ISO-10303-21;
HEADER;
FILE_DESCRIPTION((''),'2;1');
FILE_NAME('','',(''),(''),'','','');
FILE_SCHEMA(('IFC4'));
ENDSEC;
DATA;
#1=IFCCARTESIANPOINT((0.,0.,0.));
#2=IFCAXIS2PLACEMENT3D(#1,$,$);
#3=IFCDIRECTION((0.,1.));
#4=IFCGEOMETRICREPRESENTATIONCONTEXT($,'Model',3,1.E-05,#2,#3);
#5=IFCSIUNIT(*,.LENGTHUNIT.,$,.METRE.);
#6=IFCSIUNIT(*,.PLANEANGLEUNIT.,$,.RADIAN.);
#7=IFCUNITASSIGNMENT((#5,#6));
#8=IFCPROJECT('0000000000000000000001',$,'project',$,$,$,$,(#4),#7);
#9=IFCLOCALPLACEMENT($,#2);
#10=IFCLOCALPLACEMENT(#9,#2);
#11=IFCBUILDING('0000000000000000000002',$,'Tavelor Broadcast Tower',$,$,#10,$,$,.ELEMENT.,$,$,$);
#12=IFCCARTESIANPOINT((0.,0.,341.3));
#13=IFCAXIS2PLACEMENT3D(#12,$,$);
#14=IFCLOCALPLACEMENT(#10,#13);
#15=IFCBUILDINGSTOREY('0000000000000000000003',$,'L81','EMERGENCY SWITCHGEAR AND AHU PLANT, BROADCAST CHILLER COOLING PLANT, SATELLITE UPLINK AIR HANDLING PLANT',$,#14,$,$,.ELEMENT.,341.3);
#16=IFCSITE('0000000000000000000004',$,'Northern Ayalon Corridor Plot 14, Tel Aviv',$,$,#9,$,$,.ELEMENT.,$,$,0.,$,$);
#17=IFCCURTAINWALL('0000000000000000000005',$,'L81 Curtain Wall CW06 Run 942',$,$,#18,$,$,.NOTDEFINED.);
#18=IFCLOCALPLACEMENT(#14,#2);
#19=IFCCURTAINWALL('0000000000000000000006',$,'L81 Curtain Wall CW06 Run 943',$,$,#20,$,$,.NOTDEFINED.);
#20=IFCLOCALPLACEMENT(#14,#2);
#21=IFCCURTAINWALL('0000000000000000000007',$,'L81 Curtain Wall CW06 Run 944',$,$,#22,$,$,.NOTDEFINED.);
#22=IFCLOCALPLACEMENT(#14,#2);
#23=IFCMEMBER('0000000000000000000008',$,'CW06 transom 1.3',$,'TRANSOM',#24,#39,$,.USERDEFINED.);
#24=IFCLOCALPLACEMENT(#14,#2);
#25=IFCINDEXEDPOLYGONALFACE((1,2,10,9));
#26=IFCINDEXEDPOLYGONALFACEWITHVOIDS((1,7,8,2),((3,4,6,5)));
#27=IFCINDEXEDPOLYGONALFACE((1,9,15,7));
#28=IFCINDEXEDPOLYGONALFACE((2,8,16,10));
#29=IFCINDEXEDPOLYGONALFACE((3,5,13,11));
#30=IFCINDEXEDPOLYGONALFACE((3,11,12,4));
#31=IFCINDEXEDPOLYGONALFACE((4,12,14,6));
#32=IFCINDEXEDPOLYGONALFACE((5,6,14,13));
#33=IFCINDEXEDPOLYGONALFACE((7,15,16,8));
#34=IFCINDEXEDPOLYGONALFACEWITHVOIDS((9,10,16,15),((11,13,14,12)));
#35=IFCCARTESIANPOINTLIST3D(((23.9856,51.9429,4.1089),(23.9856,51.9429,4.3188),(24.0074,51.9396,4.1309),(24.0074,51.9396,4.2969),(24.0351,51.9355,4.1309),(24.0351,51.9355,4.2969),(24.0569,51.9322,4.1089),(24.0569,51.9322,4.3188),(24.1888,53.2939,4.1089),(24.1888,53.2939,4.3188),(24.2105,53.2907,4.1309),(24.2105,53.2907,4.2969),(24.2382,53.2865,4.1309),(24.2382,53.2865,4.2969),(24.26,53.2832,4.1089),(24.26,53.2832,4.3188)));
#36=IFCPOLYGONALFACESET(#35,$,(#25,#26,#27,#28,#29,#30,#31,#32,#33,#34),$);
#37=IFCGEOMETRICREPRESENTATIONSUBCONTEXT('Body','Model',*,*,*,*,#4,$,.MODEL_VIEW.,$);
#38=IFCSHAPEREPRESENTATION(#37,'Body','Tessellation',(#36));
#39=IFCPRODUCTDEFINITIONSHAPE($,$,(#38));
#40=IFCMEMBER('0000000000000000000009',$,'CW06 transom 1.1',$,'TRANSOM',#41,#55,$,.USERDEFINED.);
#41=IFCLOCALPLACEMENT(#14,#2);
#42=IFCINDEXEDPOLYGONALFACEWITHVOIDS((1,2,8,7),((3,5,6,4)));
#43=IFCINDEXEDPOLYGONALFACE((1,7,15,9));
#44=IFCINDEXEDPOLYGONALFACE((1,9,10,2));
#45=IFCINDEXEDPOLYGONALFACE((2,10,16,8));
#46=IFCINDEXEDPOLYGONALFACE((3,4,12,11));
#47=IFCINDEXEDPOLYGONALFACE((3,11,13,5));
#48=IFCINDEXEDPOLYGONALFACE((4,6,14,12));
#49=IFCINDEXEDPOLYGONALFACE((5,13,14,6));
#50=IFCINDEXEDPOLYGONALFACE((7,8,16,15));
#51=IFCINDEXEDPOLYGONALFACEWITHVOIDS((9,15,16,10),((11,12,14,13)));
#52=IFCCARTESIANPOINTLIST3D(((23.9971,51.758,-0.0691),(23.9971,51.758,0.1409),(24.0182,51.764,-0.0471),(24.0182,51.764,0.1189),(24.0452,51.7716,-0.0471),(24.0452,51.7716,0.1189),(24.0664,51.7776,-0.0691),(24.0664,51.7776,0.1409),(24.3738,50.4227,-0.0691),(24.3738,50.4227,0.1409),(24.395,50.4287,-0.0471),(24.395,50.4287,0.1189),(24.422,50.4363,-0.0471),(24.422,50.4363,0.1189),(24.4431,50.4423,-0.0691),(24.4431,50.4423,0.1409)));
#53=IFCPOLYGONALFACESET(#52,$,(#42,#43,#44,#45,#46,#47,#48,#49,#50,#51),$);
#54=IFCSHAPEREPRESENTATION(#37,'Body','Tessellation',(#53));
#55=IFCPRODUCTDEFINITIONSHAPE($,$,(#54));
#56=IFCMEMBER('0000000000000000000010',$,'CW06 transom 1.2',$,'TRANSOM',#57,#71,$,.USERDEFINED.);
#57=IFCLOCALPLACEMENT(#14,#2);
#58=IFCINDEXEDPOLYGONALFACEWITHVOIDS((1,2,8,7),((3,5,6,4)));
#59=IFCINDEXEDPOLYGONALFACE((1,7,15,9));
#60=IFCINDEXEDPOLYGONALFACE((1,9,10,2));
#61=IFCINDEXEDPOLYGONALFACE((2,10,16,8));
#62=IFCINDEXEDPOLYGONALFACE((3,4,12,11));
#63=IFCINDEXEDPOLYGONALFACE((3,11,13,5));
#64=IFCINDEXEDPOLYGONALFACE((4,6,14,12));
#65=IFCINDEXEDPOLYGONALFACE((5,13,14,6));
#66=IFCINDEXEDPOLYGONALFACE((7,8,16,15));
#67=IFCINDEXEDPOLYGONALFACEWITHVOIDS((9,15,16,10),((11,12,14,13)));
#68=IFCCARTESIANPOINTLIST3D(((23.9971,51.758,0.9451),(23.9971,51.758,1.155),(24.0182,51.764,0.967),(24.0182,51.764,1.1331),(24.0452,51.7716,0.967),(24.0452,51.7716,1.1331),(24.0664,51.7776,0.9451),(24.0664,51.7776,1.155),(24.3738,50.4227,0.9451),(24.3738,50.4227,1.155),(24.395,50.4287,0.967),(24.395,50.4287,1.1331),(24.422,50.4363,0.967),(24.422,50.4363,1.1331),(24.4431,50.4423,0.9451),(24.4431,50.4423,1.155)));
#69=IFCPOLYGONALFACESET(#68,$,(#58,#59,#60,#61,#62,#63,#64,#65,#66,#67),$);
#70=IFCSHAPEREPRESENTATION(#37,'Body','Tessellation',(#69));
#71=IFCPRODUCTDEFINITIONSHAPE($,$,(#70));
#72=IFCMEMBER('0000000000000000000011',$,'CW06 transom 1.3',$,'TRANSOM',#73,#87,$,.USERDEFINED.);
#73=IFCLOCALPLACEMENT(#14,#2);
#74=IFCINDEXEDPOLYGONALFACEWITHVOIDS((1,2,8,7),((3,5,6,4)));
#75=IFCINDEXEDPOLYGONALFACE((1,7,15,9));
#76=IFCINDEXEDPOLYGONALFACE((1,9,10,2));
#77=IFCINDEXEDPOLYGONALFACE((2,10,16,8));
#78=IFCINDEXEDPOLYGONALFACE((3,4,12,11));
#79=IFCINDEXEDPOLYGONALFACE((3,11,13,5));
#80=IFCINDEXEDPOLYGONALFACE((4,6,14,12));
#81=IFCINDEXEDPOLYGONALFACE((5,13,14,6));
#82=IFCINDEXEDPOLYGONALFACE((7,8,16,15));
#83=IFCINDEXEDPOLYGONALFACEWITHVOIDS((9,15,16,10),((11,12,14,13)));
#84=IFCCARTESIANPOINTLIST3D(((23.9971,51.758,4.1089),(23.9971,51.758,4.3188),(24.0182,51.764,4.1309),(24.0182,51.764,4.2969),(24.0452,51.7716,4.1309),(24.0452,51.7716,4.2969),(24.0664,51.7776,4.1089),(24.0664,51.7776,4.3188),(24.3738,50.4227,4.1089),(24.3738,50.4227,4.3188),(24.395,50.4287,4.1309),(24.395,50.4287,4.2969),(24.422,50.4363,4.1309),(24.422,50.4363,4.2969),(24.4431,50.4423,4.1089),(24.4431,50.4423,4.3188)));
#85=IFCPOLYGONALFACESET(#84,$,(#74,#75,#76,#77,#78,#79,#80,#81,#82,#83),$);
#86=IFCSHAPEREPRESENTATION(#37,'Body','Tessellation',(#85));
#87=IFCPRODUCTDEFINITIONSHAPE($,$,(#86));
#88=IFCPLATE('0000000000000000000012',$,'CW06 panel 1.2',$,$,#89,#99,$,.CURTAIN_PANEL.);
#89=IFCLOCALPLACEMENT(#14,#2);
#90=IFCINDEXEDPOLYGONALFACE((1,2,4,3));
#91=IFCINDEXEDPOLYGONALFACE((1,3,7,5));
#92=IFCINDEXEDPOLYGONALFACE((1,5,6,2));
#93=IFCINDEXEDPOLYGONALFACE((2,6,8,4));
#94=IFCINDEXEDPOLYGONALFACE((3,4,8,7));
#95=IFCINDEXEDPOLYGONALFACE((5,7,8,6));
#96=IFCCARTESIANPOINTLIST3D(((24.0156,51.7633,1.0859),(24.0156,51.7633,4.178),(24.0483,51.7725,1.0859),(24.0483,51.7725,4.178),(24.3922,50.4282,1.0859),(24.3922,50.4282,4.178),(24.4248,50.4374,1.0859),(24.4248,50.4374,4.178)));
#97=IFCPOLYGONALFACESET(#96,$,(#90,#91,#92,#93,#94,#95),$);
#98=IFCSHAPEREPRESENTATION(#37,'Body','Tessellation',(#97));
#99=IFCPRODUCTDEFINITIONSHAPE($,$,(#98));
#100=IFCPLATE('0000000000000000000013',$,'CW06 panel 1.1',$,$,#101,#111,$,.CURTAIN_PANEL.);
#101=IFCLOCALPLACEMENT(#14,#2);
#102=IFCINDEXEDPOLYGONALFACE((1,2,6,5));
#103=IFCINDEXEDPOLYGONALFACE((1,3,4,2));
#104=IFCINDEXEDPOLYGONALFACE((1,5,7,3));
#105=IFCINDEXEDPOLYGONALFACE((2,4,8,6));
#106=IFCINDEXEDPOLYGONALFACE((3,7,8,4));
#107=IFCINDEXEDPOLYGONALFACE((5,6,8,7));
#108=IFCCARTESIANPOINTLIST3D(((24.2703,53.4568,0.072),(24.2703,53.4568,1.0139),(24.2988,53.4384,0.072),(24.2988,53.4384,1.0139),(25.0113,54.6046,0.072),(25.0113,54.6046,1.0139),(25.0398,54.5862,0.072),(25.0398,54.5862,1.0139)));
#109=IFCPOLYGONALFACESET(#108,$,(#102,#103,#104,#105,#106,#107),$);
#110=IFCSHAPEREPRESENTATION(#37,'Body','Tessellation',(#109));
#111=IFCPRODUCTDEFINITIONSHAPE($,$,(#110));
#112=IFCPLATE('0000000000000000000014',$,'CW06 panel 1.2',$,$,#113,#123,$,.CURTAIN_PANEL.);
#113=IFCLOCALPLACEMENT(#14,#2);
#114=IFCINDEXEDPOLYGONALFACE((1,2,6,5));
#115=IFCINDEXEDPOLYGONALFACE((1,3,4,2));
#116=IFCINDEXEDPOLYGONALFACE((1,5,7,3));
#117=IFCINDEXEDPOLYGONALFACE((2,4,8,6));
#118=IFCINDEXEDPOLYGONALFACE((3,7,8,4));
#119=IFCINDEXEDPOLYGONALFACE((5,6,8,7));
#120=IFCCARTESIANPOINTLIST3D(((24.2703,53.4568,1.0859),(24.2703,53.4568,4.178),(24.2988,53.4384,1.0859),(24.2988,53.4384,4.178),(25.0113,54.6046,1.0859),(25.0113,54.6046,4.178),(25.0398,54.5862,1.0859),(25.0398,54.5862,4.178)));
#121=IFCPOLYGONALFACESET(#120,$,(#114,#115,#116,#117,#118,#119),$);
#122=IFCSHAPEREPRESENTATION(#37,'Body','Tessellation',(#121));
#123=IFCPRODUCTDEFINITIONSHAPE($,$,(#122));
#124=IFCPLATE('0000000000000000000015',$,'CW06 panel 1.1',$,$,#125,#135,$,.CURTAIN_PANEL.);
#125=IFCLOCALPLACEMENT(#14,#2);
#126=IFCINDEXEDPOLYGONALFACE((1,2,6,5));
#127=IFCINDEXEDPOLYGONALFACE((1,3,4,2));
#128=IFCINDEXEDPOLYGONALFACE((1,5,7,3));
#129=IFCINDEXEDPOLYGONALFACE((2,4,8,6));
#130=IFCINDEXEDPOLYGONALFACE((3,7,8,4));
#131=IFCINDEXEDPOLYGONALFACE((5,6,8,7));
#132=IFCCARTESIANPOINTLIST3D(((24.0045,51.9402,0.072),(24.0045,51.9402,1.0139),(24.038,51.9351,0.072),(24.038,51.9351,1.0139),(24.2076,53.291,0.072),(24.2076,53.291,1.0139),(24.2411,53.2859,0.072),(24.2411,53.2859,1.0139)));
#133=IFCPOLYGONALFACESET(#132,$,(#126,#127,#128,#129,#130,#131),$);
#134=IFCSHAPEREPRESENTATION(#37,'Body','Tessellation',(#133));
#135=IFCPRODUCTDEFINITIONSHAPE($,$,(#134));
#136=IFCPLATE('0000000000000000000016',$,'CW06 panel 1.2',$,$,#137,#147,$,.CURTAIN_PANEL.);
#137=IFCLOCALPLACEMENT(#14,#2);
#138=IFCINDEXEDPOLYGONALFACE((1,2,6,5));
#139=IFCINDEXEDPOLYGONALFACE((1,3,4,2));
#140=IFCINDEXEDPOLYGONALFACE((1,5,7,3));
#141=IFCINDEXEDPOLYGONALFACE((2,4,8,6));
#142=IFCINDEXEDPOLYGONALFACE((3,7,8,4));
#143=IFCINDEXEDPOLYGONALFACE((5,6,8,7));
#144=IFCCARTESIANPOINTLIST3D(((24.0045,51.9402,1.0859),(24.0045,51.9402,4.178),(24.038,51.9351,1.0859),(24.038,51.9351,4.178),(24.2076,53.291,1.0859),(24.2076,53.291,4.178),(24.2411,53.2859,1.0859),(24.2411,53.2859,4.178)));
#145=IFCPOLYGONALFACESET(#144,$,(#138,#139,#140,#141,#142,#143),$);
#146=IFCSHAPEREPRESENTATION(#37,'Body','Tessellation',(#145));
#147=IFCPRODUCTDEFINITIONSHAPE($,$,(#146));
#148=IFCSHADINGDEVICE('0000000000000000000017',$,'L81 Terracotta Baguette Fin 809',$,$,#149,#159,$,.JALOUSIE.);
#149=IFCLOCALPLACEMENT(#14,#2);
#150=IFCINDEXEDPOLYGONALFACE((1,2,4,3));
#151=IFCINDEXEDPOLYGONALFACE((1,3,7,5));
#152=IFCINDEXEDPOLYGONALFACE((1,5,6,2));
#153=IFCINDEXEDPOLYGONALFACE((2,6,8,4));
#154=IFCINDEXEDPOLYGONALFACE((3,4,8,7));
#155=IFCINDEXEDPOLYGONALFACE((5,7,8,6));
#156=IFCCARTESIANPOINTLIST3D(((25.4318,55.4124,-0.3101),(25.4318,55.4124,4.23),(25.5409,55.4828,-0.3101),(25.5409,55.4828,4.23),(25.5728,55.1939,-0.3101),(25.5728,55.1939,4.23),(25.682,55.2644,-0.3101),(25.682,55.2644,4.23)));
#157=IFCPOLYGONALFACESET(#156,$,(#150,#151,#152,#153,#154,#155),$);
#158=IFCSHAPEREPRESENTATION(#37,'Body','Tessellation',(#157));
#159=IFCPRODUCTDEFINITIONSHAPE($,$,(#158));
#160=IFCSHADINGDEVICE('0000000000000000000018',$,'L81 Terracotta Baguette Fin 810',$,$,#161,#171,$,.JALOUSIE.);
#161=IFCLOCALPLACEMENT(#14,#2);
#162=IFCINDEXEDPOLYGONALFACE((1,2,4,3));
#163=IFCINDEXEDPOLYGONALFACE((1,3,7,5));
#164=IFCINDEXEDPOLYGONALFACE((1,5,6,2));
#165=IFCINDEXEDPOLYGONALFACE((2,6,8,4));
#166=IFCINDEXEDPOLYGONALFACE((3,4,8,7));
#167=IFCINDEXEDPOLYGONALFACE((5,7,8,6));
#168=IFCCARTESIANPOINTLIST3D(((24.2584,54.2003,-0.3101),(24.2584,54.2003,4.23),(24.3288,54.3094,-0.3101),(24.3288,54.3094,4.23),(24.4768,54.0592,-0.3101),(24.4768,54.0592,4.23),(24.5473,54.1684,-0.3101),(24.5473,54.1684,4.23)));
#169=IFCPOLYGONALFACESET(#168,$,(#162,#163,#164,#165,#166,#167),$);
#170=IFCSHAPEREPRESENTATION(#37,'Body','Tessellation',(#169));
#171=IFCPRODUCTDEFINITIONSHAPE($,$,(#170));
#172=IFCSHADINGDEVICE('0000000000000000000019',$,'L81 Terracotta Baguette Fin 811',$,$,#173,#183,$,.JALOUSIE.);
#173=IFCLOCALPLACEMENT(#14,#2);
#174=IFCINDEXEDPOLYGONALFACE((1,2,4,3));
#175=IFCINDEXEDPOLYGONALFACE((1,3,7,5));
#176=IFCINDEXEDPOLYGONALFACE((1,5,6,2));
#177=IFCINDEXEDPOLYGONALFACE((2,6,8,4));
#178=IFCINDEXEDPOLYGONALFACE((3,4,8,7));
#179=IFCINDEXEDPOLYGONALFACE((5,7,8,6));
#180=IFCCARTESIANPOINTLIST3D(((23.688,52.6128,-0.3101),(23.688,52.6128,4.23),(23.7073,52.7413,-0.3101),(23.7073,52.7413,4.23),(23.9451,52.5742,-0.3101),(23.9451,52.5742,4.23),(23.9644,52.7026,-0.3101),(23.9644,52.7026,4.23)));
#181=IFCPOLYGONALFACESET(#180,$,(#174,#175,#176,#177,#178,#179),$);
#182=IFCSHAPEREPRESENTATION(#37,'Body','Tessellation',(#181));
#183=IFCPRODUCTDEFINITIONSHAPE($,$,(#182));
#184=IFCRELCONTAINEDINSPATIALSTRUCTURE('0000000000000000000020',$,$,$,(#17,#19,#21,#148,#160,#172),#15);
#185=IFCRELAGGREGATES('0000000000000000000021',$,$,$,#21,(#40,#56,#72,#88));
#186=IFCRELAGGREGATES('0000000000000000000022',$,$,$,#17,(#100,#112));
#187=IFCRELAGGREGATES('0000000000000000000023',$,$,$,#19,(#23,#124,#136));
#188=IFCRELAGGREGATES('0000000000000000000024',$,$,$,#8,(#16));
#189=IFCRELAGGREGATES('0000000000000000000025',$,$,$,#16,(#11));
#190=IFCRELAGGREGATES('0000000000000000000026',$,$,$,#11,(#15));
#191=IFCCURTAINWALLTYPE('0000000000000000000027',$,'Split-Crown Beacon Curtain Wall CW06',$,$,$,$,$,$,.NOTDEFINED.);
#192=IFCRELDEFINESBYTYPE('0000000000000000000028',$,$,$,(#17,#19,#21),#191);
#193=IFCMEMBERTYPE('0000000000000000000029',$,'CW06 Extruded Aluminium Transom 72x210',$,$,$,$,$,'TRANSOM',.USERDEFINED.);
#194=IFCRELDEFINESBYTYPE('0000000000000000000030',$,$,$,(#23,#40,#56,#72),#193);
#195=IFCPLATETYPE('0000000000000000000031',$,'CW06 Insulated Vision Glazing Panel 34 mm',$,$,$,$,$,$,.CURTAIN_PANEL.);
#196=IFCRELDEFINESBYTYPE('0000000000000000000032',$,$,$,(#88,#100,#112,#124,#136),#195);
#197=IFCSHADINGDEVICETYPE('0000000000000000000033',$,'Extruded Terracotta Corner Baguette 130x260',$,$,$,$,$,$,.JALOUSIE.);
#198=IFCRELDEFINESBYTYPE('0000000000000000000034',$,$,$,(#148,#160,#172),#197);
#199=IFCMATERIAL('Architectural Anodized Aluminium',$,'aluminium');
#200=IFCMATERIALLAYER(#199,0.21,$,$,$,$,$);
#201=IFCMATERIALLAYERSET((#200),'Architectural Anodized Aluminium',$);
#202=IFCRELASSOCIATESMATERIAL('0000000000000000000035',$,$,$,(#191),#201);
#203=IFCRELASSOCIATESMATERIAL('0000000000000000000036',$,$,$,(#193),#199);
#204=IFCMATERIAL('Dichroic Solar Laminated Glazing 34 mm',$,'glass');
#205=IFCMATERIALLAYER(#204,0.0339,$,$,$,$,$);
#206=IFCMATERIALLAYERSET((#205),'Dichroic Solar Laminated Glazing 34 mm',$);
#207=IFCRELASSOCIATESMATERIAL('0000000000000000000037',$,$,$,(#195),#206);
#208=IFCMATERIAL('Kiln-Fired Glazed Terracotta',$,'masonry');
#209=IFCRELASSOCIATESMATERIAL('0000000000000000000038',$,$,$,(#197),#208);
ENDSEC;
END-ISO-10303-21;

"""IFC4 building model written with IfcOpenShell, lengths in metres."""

from ifc_helpers import new_model, si_unit, direction, frame, origin, origin_2d, place, context, subcontext, project, spatial, rectangle, hollow_rectangle, extrude, source, transform, mapped, material, layer, layer_set, material_profile, profile_set, type_object, type_shapes, element, aggregate, save


model = new_model("IFC4")

# Units and contexts
model_context = context("Model", 3, precision=1e-05, world=origin(), true_north=direction((0.0, 1.0)))
body_context = subcontext(model_context, "Body", "Model", "MODEL_VIEW")
ifc_project = project(units=[si_unit("LENGTHUNIT", "METRE"), si_unit("PLANEANGLEUNIT", "RADIAN")], contexts=[model_context])

# Site, building, storey
site_placement = place(None, origin())
site = spatial("IfcSite", under=ifc_project, at=site_placement, Name="Northern Ayalon Corridor Plot 14, Tel Aviv", CompositionType="ELEMENT", RefElevation=0.0)
building_placement = place(site_placement, origin())
building = spatial("IfcBuilding", under=site, at=building_placement, Name="Tavelor Broadcast Tower", CompositionType="ELEMENT")
storey_placement = place(building_placement, frame((0.0, 0.0, 341.3)))
storey = spatial("IfcBuildingStorey", under=building, at=storey_placement, Name="L81", Description="EMERGENCY SWITCHGEAR AND AHU PLANT, BROADCAST CHILLER COOLING PLANT, SATELLITE UPLINK AIR HANDLING PLANT", CompositionType="ELEMENT", Elevation=341.3)

# Shared definitions
ifc_material_1 = material(Name="Architectural Anodized Aluminium", Category="aluminium")
ifc_layer_1 = layer(ifc_material_1, 0.21)
ifc_layer_set_1 = layer_set([ifc_layer_1], Name="Architectural Anodized Aluminium")
curtain_wall_type = type_object("IfcCurtainWallType", Name="Split-Crown Beacon Curtain Wall CW06", PredefinedType="NOTDEFINED", material=ifc_layer_set_1)

# Curtain walls
curtain_wall_1_placement = place(storey_placement, origin())
curtain_wall_1 = element("IfcCurtainWall", 1, at=curtain_wall_1_placement, inside=storey, type_object=curtain_wall_type, Name="L81 Curtain Wall CW06 Run 942", PredefinedType="NOTDEFINED")
curtain_wall_2_placement = place(storey_placement, origin())
curtain_wall_2 = element("IfcCurtainWall", 2, at=curtain_wall_2_placement, inside=storey, type_object=curtain_wall_type, Name="L81 Curtain Wall CW06 Run 943", PredefinedType="NOTDEFINED")

# Curtain wall
curtain_wall_3_placement = place(storey_placement, origin())
curtain_wall_3 = element("IfcCurtainWall", 3, at=curtain_wall_3_placement, inside=storey, type_object=curtain_wall_type, Name="L81 Curtain Wall CW06 Run 944", PredefinedType="NOTDEFINED")

# Members
ifc_material_profile_1 = material_profile(ifc_material_1, hollow_rectangle(XDim=0.072, YDim=0.21, WallThickness=0.022, at=origin_2d()), Name="RHS 72x210x22")
ifc_profile_set_1 = profile_set([ifc_material_profile_1], Name="Architectural Anodized Aluminium")
member_type_1 = type_object("IfcMemberType", Name="CW06 Extruded Aluminium Transom 72x210", ElementType="TRANSOM", PredefinedType="USERDEFINED", material=ifc_profile_set_1)
shared_shape_1 = source(origin(), body_context, "Body", "SweptSolid", [
    extrude(hollow_rectangle(XDim=0.072, YDim=0.21, WallThickness=0.022, at=origin_2d()), origin(), (0.0, 0.0, 1.0), 1.3662),
])
member_1_placement = place(storey_placement, frame((24.2244, 53.2886, 4.2139), z_axis=(-0.148672, -0.988886, 0.0), x_axis=(0.988886, -0.148672, 0.0)))
member_1 = element("IfcMember", 4, at=member_1_placement, type_object=member_type_1, Name="CW06 transom 1.3", ObjectType="TRANSOM", PredefinedType="USERDEFINED", context=body_context, shape_type="MappedRepresentation", body=[
    mapped(shared_shape_1, transform((0.0, 0.0, 0.0), scale=1.0)),
])
shared_shape_2 = source(origin(), body_context, "Body", "SweptSolid", [
    extrude(hollow_rectangle(XDim=0.072, YDim=0.21, WallThickness=0.022, at=origin_2d()), origin(), (0.0, 0.0, 1.0), 1.3875),
])
type_shapes(member_type_1, [shared_shape_1, shared_shape_2])
member_2_placement = place(storey_placement, frame((24.0317, 51.7678, 0.0359), z_axis=(0.271535, -0.962428, 0.0), x_axis=(0.962428, 0.271535, 0.0)))
member_2 = element("IfcMember", 5, at=member_2_placement, type_object=member_type_1, Name="CW06 transom 1.1", ObjectType="TRANSOM", PredefinedType="USERDEFINED", context=body_context, shape_type="MappedRepresentation", body=[
    mapped(shared_shape_2, transform((0.0, 0.0, 0.0), scale=1.0)),
])
member_3_placement = place(storey_placement, frame((24.0317, 51.7678, 1.05), z_axis=(0.271535, -0.962428, 0.0), x_axis=(0.962428, 0.271535, 0.0)))
member_3 = element("IfcMember", 6, at=member_3_placement, type_object=member_type_1, Name="CW06 transom 1.2", ObjectType="TRANSOM", PredefinedType="USERDEFINED", context=body_context, shape_type="MappedRepresentation", body=[
    mapped(shared_shape_2, transform((0.0, 0.0, 0.0), scale=1.0)),
])
member_4_placement = place(storey_placement, frame((24.0317, 51.7678, 4.2139), z_axis=(0.271535, -0.962428, 0.0), x_axis=(0.962428, 0.271535, 0.0)))
member_4 = element("IfcMember", 7, at=member_4_placement, type_object=member_type_1, Name="CW06 transom 1.3", ObjectType="TRANSOM", PredefinedType="USERDEFINED", context=body_context, shape_type="MappedRepresentation", body=[
    mapped(shared_shape_2, transform((0.0, 0.0, 0.0), scale=1.0)),
])

# Plates
ifc_material_2 = material(Name="Dichroic Solar Laminated Glazing 34 mm", Category="glass")
ifc_layer_2 = layer(ifc_material_2, 0.0339)
ifc_layer_set_2 = layer_set([ifc_layer_2], Name="Dichroic Solar Laminated Glazing 34 mm")
plate_type = type_object("IfcPlateType", Name="CW06 Insulated Vision Glazing Panel 34 mm", PredefinedType="CURTAIN_PANEL", material=ifc_layer_set_2)
shared_shape_3 = source(origin(), body_context, "Body", "SweptSolid", [
    extrude(rectangle(XDim=1.3872, YDim=0.0339, at=origin_2d()), origin(), (0.0, 0.0, 1.0), 3.092),
])
plate_1_placement = place(storey_placement, frame((24.2202, 51.1003, 1.0859), z_axis=(0.0, 0.0, 1.0), x_axis=(0.271468, -0.962447, 0.0)))
plate_1 = element("IfcPlate", 8, at=plate_1_placement, type_object=plate_type, Name="CW06 panel 1.2", PredefinedType="CURTAIN_PANEL", context=body_context, shape_type="MappedRepresentation", body=[
    mapped(shared_shape_3, transform((0.0, 0.0, 0.0), scale=1.0)),
])
aggregate(curtain_wall_3, [member_2, member_3, member_4, plate_1])
shared_shape_4 = source(origin(), body_context, "Body", "SweptSolid", [
    extrude(rectangle(XDim=1.3662, YDim=0.0339, at=origin_2d()), origin(), (0.0, 0.0, 1.0), 0.9419),
])
plate_2_placement = place(storey_placement, frame((24.655, 54.0215, 0.072), z_axis=(0.0, 0.0, 1.0), x_axis=(-0.5424, -0.84012, 0.0)))
plate_2 = element("IfcPlate", 9, at=plate_2_placement, type_object=plate_type, Name="CW06 panel 1.1", PredefinedType="CURTAIN_PANEL", context=body_context, shape_type="MappedRepresentation", body=[
    mapped(shared_shape_4, transform((0.0, 0.0, 0.0), scale=1.0)),
])
shared_shape_5 = source(origin(), body_context, "Body", "SweptSolid", [
    extrude(rectangle(XDim=1.3662, YDim=0.0339, at=origin_2d()), origin(), (0.0, 0.0, 1.0), 3.092),
])
plate_3_placement = place(storey_placement, frame((24.655, 54.0215, 1.0859), z_axis=(0.0, 0.0, 1.0), x_axis=(-0.5424, -0.84012, 0.0)))
plate_3 = element("IfcPlate", 10, at=plate_3_placement, type_object=plate_type, Name="CW06 panel 1.2", PredefinedType="CURTAIN_PANEL", context=body_context, shape_type="MappedRepresentation", body=[
    mapped(shared_shape_5, transform((0.0, 0.0, 0.0), scale=1.0)),
])
aggregate(curtain_wall_1, [plate_2, plate_3])
shared_shape_6 = source(origin(), body_context, "Body", "SweptSolid", [
    extrude(rectangle(XDim=1.366, YDim=0.0339, at=origin_2d()), origin(), (0.0, 0.0, 1.0), 0.9419),
])
plate_4_placement = place(storey_placement, frame((24.1228, 52.613, 0.072), z_axis=(0.0, 0.0, 1.0), x_axis=(-0.148668, -0.988887, 0.0)))
plate_4 = element("IfcPlate", 11, at=plate_4_placement, type_object=plate_type, Name="CW06 panel 1.1", PredefinedType="CURTAIN_PANEL", context=body_context, shape_type="MappedRepresentation", body=[
    mapped(shared_shape_6, transform((0.0, 0.0, 0.0), scale=1.0)),
])
shared_shape_7 = source(origin(), body_context, "Body", "SweptSolid", [
    extrude(rectangle(XDim=1.366, YDim=0.0339, at=origin_2d()), origin(), (0.0, 0.0, 1.0), 3.092),
])
type_shapes(plate_type, [shared_shape_3, shared_shape_4, shared_shape_5, shared_shape_6, shared_shape_7])
plate_5_placement = place(storey_placement, frame((24.1228, 52.613, 1.0859), z_axis=(0.0, 0.0, 1.0), x_axis=(-0.148668, -0.988887, 0.0)))
plate_5 = element("IfcPlate", 12, at=plate_5_placement, type_object=plate_type, Name="CW06 panel 1.2", PredefinedType="CURTAIN_PANEL", context=body_context, shape_type="MappedRepresentation", body=[
    mapped(shared_shape_7, transform((0.0, 0.0, 0.0), scale=1.0)),
])
aggregate(curtain_wall_2, [member_1, plate_4, plate_5])

# Shading devices
ifc_material_3 = material(Name="Kiln-Fired Glazed Terracotta", Category="masonry")
shading_device_type = type_object("IfcShadingDeviceType", Name="Extruded Terracotta Corner Baguette 130x260", PredefinedType="JALOUSIE", material=ifc_material_3)
shared_shape_8 = source(origin(), body_context, "Body", "SweptSolid", [
    extrude(rectangle(XDim=0.1299, YDim=0.26, at=origin_2d()), origin(), (0.0, 0.0, 1.0), 4.54),
])
type_shapes(shading_device_type, [shared_shape_8])
for number, where, z_axis, x_axis, name in (
    (13, (25.5569, 55.3384, -0.3101), (0.0, 0.0, 1.0), (-0.840094, -0.542442, 0.0), "L81 Terracotta Baguette Fin 809"),
    (14, (24.4028, 54.1843, -0.3101), (0.0, 0.0, 1.0), (-0.542442, -0.840094, 0.0), "L81 Terracotta Baguette Fin 810"),
    (15, (23.8262, 52.6577, -0.3101), (0.0, 0.0, 1.0), (-0.148672, -0.988886, 0.0), "L81 Terracotta Baguette Fin 811"),
):
    element("IfcShadingDevice", number, at=place(storey_placement, frame(where, z_axis=z_axis, x_axis=x_axis)), inside=storey, type_object=shading_device_type, Name=name, PredefinedType="JALOUSIE", context=body_context, shape_type="MappedRepresentation", body=[
        mapped(shared_shape_8, transform((0.0, 0.0, 0.0), scale=1.0)),
    ])

save(model, "model.ifc")
